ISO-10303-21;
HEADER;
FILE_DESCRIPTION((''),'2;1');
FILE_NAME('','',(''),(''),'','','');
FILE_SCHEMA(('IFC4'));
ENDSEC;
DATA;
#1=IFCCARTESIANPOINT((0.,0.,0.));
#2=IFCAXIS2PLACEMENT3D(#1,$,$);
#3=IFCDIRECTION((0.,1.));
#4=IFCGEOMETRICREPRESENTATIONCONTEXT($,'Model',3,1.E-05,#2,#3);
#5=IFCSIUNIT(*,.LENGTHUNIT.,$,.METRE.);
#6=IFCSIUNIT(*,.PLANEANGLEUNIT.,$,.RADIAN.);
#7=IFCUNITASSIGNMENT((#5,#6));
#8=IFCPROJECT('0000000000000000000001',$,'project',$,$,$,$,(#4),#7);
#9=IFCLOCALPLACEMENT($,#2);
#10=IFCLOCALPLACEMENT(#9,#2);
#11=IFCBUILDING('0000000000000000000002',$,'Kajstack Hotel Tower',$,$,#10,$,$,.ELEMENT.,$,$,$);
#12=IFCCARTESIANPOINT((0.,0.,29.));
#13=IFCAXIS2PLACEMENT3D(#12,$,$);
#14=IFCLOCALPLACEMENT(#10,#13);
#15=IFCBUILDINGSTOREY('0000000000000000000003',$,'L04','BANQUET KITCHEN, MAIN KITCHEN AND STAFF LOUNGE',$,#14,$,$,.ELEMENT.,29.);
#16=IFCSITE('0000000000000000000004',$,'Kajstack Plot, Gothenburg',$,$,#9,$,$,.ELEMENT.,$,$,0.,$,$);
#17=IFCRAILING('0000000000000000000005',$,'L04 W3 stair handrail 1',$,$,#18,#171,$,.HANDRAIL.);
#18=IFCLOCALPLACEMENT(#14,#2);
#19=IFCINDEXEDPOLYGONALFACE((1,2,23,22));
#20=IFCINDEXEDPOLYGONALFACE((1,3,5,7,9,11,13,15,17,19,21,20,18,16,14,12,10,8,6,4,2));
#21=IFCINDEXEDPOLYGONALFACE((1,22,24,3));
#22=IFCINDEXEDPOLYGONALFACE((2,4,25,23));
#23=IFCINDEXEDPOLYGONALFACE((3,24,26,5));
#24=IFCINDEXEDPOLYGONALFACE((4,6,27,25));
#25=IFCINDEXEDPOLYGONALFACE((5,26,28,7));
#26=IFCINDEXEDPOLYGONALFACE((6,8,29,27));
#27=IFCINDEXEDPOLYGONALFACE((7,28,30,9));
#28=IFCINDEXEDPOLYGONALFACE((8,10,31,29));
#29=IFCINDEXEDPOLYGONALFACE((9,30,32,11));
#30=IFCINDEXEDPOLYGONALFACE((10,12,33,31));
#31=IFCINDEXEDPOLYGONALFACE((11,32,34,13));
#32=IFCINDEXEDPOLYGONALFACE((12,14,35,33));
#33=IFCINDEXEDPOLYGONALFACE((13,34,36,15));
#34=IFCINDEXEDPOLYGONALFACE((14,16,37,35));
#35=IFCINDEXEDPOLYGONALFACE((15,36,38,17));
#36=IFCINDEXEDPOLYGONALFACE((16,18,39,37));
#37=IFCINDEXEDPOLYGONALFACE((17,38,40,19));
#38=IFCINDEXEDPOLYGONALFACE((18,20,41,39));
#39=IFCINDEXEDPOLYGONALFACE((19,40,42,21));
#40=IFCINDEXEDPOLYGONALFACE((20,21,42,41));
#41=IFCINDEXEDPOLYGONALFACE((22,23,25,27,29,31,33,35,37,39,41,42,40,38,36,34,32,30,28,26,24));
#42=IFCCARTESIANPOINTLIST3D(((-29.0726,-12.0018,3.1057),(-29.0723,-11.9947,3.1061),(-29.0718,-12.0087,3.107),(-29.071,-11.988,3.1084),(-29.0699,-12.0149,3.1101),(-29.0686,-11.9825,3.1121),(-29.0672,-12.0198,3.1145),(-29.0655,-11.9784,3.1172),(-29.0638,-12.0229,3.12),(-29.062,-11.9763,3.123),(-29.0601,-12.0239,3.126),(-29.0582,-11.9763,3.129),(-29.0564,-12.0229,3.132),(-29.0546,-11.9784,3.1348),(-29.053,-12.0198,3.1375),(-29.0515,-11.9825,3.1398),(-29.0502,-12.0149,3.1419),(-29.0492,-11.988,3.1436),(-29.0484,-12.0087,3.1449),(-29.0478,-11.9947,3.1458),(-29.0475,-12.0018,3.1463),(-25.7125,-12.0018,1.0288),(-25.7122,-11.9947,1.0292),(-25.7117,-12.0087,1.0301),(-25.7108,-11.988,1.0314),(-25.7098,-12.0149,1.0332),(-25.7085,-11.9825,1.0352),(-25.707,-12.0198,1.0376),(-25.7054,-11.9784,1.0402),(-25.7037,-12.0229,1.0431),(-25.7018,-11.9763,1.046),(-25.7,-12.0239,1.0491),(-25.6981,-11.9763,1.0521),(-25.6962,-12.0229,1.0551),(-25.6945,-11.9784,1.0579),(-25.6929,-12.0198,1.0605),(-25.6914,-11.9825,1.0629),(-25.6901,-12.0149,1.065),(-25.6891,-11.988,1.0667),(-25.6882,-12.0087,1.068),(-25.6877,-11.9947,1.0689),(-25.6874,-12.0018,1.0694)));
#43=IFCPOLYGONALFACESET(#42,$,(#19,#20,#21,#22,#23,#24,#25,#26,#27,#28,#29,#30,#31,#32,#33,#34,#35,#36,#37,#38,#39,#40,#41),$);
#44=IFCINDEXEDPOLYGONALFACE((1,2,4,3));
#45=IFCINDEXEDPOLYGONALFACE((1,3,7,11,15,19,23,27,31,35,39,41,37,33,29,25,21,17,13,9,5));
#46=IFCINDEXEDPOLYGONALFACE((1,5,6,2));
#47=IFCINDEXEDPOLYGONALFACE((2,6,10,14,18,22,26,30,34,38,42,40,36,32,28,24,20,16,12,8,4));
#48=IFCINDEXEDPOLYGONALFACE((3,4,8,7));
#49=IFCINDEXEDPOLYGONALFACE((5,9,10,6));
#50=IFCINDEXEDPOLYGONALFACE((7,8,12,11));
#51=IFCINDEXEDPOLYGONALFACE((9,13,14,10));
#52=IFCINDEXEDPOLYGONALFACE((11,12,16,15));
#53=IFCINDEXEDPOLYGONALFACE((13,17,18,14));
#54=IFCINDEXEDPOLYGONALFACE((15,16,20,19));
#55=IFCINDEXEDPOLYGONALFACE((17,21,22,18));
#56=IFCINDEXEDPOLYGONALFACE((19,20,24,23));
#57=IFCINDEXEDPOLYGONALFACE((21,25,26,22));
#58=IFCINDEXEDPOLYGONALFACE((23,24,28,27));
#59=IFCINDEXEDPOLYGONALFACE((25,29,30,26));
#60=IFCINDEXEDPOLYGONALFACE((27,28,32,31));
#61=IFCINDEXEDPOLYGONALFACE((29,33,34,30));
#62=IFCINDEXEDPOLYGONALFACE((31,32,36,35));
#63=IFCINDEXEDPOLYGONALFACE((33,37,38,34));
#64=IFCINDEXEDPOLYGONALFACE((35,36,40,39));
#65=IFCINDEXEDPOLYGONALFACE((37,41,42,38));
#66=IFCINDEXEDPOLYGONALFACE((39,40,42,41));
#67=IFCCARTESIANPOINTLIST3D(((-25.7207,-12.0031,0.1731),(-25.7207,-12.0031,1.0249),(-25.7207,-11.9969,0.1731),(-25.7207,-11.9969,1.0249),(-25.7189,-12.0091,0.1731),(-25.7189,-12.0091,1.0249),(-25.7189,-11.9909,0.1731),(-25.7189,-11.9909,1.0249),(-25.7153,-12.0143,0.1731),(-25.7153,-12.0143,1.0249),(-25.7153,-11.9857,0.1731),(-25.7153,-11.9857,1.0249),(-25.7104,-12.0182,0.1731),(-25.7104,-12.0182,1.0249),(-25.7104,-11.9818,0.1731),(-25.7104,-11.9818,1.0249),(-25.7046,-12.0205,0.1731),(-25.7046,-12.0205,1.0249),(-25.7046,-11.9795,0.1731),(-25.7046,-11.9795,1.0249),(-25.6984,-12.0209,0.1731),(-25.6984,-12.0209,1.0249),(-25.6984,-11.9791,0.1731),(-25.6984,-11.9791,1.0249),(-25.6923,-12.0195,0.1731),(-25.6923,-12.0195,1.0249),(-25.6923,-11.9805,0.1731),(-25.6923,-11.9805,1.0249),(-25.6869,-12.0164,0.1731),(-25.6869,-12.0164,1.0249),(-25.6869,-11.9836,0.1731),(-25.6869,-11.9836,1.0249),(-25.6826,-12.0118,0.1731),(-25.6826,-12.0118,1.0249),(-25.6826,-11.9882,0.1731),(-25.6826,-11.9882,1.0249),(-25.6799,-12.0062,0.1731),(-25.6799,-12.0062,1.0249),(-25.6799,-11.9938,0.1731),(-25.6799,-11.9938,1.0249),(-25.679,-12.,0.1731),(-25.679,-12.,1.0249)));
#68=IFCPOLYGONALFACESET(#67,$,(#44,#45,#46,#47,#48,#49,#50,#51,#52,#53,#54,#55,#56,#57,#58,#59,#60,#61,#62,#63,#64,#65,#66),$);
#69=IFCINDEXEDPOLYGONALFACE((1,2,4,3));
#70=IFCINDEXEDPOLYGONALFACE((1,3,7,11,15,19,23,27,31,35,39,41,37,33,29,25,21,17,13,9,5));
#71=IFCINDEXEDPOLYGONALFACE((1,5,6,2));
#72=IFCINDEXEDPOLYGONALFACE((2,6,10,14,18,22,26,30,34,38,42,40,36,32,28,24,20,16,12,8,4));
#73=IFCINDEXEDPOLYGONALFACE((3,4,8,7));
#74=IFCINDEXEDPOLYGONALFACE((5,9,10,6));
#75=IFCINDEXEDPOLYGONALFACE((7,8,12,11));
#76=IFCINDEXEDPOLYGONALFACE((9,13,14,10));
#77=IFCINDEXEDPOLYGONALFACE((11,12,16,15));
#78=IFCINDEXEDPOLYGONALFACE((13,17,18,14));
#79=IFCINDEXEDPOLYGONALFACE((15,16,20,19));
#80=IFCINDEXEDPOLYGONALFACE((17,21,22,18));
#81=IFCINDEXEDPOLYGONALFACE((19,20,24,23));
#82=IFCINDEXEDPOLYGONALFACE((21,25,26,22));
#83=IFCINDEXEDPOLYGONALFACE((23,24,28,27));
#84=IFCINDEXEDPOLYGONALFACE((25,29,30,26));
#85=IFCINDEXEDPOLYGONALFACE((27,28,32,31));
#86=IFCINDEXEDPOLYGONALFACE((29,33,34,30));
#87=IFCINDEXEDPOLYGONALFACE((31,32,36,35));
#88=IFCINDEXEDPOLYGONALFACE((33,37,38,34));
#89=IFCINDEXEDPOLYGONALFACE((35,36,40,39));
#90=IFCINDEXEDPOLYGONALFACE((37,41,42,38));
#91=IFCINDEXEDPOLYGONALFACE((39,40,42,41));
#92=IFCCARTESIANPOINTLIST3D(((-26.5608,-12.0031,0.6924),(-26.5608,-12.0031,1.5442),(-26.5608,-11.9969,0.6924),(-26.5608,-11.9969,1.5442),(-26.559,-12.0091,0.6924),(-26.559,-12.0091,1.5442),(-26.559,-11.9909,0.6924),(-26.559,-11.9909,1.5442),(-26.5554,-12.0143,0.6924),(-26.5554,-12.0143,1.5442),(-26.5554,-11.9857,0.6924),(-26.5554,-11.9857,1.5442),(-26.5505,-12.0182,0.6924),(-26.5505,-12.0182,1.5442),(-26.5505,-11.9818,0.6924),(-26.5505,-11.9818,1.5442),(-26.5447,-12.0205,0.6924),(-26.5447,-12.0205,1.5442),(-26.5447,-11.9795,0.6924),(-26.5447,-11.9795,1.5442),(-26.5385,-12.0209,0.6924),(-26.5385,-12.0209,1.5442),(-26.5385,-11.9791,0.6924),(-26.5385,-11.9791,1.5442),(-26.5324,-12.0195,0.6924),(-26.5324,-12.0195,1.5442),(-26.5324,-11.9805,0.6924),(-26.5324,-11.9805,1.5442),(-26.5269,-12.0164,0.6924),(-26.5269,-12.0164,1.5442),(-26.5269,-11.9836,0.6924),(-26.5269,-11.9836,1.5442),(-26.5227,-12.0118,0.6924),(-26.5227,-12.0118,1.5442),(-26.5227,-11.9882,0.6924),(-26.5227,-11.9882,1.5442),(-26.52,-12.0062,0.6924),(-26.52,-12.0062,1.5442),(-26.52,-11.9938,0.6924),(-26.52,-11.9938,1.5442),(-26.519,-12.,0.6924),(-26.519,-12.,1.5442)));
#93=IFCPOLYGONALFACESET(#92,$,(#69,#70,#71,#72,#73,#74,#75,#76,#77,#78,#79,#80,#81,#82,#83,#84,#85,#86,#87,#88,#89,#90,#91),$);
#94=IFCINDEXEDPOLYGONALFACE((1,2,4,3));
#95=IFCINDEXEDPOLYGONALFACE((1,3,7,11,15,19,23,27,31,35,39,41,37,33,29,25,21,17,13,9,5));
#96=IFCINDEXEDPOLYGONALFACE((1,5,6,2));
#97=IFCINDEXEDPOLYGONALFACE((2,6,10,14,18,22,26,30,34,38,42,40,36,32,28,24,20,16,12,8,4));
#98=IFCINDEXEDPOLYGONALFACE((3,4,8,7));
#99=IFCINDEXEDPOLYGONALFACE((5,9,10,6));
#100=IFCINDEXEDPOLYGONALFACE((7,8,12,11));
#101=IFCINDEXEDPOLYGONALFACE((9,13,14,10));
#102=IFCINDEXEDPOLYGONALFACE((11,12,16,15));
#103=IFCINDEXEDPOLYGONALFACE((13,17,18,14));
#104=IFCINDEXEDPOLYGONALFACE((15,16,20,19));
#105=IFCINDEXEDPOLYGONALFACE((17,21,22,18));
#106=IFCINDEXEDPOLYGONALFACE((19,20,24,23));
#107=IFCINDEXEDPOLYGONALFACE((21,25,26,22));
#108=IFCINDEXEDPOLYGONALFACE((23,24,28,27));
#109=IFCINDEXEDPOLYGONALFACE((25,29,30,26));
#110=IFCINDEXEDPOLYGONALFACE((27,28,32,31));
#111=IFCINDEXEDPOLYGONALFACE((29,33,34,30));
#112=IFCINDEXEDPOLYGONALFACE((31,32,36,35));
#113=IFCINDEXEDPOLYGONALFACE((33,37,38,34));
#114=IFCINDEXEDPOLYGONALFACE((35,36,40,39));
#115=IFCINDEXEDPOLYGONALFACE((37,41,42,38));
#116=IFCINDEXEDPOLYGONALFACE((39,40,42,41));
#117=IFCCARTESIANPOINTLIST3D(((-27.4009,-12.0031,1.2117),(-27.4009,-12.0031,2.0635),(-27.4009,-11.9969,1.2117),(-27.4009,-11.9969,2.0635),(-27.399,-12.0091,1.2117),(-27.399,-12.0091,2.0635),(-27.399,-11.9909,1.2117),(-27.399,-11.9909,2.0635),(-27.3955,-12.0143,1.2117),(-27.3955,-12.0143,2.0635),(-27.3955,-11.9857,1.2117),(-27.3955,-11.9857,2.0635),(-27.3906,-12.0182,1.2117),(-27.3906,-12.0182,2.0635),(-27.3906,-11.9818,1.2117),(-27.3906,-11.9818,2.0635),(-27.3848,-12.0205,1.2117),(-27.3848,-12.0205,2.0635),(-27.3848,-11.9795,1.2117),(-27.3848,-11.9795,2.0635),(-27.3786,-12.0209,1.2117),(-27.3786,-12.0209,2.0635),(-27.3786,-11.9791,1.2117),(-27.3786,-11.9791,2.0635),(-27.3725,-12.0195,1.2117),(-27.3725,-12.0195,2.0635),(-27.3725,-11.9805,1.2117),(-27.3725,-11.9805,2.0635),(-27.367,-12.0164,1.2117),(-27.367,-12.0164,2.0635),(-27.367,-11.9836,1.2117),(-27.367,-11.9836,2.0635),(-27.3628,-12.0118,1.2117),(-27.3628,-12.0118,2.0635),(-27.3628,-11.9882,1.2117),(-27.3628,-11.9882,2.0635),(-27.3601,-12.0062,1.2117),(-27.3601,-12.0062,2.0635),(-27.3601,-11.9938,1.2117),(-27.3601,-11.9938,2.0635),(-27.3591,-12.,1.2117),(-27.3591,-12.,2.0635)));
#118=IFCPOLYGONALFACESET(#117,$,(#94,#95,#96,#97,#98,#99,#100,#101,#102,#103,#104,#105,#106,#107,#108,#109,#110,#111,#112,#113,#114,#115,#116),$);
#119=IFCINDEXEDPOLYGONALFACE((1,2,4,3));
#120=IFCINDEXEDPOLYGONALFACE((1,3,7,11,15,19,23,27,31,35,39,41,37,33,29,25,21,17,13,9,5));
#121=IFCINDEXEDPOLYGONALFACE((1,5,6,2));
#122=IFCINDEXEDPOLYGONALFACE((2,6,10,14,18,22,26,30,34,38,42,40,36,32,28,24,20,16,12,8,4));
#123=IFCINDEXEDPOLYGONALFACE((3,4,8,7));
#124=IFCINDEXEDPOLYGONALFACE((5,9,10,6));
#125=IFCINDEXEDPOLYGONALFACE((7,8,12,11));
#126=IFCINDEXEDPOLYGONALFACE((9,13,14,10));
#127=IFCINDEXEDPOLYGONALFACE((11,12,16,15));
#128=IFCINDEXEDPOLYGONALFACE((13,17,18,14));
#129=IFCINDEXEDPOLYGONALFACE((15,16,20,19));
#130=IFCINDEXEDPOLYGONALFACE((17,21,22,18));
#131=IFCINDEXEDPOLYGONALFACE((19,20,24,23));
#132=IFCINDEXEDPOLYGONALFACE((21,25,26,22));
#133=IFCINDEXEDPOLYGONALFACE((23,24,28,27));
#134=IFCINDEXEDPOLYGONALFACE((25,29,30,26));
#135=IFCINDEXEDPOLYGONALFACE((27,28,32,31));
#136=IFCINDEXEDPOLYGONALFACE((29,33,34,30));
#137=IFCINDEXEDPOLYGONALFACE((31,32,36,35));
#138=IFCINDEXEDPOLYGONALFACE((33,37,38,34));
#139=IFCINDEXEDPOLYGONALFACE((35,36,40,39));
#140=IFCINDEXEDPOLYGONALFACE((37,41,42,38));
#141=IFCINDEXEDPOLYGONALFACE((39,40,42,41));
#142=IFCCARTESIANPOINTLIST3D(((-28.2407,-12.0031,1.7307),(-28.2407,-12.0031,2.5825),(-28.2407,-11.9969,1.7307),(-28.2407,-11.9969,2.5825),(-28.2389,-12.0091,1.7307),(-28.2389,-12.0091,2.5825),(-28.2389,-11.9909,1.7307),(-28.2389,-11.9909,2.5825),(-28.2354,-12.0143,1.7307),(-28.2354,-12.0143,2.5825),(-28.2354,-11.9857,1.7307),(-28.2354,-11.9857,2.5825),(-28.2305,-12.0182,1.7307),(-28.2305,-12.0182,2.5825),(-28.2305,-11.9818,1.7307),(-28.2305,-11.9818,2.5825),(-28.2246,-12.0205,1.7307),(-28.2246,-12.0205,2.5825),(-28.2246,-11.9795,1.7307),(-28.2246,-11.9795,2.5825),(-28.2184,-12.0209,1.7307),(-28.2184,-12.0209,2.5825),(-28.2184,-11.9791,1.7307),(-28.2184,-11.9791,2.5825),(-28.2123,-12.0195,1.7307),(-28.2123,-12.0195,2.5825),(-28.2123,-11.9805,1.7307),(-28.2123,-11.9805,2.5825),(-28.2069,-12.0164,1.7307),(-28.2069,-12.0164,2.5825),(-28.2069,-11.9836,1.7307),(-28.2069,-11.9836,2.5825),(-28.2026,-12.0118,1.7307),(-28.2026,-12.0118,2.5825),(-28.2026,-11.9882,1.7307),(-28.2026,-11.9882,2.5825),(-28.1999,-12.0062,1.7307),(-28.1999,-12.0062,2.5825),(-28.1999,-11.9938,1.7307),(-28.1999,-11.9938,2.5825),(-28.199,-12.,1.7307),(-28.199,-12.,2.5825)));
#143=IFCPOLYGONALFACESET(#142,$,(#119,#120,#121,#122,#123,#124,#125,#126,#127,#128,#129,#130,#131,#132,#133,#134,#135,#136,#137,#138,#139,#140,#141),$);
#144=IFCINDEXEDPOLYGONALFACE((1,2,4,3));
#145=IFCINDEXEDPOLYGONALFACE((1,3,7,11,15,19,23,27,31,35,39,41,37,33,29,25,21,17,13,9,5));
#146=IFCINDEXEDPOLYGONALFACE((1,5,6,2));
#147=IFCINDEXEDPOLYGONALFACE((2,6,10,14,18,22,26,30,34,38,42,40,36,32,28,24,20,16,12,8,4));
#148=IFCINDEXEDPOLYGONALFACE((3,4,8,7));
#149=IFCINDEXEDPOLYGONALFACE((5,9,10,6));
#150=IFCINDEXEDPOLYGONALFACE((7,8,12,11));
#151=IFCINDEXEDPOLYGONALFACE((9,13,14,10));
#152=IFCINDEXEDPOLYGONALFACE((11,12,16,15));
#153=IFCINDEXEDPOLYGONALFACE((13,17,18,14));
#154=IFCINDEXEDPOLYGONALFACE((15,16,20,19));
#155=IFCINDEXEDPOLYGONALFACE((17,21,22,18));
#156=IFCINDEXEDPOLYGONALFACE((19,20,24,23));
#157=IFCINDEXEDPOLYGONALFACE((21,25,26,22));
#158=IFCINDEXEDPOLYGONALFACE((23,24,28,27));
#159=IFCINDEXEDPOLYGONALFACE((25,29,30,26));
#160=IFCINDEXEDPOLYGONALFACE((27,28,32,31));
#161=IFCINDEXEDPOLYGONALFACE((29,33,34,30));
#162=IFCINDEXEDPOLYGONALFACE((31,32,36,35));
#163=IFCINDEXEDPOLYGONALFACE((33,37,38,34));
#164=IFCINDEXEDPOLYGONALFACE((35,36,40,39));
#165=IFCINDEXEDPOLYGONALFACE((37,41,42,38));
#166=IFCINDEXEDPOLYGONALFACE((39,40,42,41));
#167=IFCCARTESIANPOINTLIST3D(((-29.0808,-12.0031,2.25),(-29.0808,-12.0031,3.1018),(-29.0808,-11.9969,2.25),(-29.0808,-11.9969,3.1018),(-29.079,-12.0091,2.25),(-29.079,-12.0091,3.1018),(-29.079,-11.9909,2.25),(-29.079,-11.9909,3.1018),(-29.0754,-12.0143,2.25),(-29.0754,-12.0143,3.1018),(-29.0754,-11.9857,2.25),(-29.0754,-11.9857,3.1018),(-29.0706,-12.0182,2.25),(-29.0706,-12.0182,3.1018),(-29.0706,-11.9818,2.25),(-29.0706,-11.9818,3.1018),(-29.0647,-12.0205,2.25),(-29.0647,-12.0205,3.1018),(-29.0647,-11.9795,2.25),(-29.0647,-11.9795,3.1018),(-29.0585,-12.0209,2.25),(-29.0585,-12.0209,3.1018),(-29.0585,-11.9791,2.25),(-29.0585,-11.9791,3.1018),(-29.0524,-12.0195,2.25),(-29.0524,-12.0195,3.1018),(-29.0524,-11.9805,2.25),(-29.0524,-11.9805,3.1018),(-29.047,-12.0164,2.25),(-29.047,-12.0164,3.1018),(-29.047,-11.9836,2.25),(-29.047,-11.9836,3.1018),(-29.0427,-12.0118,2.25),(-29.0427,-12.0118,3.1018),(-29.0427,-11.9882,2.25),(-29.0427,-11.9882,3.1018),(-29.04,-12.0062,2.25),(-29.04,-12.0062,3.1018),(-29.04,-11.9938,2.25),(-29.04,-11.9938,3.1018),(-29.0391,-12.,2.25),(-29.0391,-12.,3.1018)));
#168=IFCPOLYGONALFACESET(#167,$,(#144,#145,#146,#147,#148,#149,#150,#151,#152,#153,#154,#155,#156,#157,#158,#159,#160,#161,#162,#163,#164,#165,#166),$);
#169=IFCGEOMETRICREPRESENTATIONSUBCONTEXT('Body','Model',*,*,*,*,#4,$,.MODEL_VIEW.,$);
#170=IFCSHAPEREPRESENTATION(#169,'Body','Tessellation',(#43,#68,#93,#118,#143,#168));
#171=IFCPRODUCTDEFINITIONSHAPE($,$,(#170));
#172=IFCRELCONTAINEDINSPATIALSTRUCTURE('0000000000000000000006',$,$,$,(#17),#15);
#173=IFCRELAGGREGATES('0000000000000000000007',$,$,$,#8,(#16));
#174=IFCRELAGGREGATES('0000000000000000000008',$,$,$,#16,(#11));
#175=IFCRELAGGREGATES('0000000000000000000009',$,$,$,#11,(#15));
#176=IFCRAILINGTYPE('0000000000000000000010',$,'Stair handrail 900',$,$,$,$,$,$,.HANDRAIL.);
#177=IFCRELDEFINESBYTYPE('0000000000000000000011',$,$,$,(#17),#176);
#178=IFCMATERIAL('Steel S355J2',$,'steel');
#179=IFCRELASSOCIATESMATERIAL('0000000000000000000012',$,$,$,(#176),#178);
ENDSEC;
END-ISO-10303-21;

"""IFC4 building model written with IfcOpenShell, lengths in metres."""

from ifc_helpers import new_model, si_unit, direction, frame, origin, origin_2d, place, context, subcontext, project, spatial, circle, extrude, material, type_object, element, save


model = new_model("IFC4")

# Units and contexts
model_context = context("Model", 3, precision=1e-05, world=origin(), true_north=direction((0.0, 1.0)))
body_context = subcontext(model_context, "Body", "Model", "MODEL_VIEW")
ifc_project = project(units=[si_unit("LENGTHUNIT", "METRE"), si_unit("PLANEANGLEUNIT", "RADIAN")], contexts=[model_context])

# Site, building, storey
site_placement = place(None, origin())
site = spatial("IfcSite", under=ifc_project, at=site_placement, Name="Kajstack Plot, Gothenburg", CompositionType="ELEMENT", RefElevation=0.0)
building_placement = place(site_placement, origin())
building = spatial("IfcBuilding", under=site, at=building_placement, Name="Kajstack Hotel Tower", CompositionType="ELEMENT")
storey_placement = place(building_placement, frame((0.0, 0.0, 29.0)))
storey = spatial("IfcBuildingStorey", under=building, at=storey_placement, Name="L04", Description="BANQUET KITCHEN, MAIN KITCHEN AND STAFF LOUNGE", CompositionType="ELEMENT", Elevation=29.0)

# Railing
ifc_material_1 = material(Name="Steel S355J2", Category="steel")
railing_type_1 = type_object("IfcRailingType", Name="Stair handrail 900", PredefinedType="HANDRAIL", material=ifc_material_1)
railing_1_placement = place(storey_placement, frame((-25.7, -12.0, 0.1731)))
element("IfcRailing", 1, at=railing_1_placement, inside=storey, type_object=railing_type_1, Name="L04 W3 stair handrail 1", PredefinedType="HANDRAIL", context=body_context, shape_type="SweptSolid", body=[
    extrude(circle(Radius=0.0239, at=origin_2d()), frame((0.0, 0.0, 0.876), z_axis=(-0.850623, 0.0, 0.525776), x_axis=(0.0, -1.0, 0.0)), (0.0, 0.0, 1.0), 3.9502),
    extrude(circle(Radius=0.021, at=origin_2d()), origin(), (0.0, 0.0, 1.0), 0.8518),
    extrude(circle(Radius=0.021, at=origin_2d()), frame((-0.8401, 0.0, 0.5193)), (0.0, 0.0, 1.0), 0.8518),
    extrude(circle(Radius=0.021, at=origin_2d()), frame((-1.6802, 0.0, 1.0386)), (0.0, 0.0, 1.0), 0.8518),
    extrude(circle(Radius=0.021, at=origin_2d()), frame((-2.52, 0.0, 1.5576)), (0.0, 0.0, 1.0), 0.8518),
    extrude(circle(Radius=0.021, at=origin_2d()), frame((-3.3601, 0.0, 2.0769)), (0.0, 0.0, 1.0), 0.8518),
])

save(model, "model.ifc")
